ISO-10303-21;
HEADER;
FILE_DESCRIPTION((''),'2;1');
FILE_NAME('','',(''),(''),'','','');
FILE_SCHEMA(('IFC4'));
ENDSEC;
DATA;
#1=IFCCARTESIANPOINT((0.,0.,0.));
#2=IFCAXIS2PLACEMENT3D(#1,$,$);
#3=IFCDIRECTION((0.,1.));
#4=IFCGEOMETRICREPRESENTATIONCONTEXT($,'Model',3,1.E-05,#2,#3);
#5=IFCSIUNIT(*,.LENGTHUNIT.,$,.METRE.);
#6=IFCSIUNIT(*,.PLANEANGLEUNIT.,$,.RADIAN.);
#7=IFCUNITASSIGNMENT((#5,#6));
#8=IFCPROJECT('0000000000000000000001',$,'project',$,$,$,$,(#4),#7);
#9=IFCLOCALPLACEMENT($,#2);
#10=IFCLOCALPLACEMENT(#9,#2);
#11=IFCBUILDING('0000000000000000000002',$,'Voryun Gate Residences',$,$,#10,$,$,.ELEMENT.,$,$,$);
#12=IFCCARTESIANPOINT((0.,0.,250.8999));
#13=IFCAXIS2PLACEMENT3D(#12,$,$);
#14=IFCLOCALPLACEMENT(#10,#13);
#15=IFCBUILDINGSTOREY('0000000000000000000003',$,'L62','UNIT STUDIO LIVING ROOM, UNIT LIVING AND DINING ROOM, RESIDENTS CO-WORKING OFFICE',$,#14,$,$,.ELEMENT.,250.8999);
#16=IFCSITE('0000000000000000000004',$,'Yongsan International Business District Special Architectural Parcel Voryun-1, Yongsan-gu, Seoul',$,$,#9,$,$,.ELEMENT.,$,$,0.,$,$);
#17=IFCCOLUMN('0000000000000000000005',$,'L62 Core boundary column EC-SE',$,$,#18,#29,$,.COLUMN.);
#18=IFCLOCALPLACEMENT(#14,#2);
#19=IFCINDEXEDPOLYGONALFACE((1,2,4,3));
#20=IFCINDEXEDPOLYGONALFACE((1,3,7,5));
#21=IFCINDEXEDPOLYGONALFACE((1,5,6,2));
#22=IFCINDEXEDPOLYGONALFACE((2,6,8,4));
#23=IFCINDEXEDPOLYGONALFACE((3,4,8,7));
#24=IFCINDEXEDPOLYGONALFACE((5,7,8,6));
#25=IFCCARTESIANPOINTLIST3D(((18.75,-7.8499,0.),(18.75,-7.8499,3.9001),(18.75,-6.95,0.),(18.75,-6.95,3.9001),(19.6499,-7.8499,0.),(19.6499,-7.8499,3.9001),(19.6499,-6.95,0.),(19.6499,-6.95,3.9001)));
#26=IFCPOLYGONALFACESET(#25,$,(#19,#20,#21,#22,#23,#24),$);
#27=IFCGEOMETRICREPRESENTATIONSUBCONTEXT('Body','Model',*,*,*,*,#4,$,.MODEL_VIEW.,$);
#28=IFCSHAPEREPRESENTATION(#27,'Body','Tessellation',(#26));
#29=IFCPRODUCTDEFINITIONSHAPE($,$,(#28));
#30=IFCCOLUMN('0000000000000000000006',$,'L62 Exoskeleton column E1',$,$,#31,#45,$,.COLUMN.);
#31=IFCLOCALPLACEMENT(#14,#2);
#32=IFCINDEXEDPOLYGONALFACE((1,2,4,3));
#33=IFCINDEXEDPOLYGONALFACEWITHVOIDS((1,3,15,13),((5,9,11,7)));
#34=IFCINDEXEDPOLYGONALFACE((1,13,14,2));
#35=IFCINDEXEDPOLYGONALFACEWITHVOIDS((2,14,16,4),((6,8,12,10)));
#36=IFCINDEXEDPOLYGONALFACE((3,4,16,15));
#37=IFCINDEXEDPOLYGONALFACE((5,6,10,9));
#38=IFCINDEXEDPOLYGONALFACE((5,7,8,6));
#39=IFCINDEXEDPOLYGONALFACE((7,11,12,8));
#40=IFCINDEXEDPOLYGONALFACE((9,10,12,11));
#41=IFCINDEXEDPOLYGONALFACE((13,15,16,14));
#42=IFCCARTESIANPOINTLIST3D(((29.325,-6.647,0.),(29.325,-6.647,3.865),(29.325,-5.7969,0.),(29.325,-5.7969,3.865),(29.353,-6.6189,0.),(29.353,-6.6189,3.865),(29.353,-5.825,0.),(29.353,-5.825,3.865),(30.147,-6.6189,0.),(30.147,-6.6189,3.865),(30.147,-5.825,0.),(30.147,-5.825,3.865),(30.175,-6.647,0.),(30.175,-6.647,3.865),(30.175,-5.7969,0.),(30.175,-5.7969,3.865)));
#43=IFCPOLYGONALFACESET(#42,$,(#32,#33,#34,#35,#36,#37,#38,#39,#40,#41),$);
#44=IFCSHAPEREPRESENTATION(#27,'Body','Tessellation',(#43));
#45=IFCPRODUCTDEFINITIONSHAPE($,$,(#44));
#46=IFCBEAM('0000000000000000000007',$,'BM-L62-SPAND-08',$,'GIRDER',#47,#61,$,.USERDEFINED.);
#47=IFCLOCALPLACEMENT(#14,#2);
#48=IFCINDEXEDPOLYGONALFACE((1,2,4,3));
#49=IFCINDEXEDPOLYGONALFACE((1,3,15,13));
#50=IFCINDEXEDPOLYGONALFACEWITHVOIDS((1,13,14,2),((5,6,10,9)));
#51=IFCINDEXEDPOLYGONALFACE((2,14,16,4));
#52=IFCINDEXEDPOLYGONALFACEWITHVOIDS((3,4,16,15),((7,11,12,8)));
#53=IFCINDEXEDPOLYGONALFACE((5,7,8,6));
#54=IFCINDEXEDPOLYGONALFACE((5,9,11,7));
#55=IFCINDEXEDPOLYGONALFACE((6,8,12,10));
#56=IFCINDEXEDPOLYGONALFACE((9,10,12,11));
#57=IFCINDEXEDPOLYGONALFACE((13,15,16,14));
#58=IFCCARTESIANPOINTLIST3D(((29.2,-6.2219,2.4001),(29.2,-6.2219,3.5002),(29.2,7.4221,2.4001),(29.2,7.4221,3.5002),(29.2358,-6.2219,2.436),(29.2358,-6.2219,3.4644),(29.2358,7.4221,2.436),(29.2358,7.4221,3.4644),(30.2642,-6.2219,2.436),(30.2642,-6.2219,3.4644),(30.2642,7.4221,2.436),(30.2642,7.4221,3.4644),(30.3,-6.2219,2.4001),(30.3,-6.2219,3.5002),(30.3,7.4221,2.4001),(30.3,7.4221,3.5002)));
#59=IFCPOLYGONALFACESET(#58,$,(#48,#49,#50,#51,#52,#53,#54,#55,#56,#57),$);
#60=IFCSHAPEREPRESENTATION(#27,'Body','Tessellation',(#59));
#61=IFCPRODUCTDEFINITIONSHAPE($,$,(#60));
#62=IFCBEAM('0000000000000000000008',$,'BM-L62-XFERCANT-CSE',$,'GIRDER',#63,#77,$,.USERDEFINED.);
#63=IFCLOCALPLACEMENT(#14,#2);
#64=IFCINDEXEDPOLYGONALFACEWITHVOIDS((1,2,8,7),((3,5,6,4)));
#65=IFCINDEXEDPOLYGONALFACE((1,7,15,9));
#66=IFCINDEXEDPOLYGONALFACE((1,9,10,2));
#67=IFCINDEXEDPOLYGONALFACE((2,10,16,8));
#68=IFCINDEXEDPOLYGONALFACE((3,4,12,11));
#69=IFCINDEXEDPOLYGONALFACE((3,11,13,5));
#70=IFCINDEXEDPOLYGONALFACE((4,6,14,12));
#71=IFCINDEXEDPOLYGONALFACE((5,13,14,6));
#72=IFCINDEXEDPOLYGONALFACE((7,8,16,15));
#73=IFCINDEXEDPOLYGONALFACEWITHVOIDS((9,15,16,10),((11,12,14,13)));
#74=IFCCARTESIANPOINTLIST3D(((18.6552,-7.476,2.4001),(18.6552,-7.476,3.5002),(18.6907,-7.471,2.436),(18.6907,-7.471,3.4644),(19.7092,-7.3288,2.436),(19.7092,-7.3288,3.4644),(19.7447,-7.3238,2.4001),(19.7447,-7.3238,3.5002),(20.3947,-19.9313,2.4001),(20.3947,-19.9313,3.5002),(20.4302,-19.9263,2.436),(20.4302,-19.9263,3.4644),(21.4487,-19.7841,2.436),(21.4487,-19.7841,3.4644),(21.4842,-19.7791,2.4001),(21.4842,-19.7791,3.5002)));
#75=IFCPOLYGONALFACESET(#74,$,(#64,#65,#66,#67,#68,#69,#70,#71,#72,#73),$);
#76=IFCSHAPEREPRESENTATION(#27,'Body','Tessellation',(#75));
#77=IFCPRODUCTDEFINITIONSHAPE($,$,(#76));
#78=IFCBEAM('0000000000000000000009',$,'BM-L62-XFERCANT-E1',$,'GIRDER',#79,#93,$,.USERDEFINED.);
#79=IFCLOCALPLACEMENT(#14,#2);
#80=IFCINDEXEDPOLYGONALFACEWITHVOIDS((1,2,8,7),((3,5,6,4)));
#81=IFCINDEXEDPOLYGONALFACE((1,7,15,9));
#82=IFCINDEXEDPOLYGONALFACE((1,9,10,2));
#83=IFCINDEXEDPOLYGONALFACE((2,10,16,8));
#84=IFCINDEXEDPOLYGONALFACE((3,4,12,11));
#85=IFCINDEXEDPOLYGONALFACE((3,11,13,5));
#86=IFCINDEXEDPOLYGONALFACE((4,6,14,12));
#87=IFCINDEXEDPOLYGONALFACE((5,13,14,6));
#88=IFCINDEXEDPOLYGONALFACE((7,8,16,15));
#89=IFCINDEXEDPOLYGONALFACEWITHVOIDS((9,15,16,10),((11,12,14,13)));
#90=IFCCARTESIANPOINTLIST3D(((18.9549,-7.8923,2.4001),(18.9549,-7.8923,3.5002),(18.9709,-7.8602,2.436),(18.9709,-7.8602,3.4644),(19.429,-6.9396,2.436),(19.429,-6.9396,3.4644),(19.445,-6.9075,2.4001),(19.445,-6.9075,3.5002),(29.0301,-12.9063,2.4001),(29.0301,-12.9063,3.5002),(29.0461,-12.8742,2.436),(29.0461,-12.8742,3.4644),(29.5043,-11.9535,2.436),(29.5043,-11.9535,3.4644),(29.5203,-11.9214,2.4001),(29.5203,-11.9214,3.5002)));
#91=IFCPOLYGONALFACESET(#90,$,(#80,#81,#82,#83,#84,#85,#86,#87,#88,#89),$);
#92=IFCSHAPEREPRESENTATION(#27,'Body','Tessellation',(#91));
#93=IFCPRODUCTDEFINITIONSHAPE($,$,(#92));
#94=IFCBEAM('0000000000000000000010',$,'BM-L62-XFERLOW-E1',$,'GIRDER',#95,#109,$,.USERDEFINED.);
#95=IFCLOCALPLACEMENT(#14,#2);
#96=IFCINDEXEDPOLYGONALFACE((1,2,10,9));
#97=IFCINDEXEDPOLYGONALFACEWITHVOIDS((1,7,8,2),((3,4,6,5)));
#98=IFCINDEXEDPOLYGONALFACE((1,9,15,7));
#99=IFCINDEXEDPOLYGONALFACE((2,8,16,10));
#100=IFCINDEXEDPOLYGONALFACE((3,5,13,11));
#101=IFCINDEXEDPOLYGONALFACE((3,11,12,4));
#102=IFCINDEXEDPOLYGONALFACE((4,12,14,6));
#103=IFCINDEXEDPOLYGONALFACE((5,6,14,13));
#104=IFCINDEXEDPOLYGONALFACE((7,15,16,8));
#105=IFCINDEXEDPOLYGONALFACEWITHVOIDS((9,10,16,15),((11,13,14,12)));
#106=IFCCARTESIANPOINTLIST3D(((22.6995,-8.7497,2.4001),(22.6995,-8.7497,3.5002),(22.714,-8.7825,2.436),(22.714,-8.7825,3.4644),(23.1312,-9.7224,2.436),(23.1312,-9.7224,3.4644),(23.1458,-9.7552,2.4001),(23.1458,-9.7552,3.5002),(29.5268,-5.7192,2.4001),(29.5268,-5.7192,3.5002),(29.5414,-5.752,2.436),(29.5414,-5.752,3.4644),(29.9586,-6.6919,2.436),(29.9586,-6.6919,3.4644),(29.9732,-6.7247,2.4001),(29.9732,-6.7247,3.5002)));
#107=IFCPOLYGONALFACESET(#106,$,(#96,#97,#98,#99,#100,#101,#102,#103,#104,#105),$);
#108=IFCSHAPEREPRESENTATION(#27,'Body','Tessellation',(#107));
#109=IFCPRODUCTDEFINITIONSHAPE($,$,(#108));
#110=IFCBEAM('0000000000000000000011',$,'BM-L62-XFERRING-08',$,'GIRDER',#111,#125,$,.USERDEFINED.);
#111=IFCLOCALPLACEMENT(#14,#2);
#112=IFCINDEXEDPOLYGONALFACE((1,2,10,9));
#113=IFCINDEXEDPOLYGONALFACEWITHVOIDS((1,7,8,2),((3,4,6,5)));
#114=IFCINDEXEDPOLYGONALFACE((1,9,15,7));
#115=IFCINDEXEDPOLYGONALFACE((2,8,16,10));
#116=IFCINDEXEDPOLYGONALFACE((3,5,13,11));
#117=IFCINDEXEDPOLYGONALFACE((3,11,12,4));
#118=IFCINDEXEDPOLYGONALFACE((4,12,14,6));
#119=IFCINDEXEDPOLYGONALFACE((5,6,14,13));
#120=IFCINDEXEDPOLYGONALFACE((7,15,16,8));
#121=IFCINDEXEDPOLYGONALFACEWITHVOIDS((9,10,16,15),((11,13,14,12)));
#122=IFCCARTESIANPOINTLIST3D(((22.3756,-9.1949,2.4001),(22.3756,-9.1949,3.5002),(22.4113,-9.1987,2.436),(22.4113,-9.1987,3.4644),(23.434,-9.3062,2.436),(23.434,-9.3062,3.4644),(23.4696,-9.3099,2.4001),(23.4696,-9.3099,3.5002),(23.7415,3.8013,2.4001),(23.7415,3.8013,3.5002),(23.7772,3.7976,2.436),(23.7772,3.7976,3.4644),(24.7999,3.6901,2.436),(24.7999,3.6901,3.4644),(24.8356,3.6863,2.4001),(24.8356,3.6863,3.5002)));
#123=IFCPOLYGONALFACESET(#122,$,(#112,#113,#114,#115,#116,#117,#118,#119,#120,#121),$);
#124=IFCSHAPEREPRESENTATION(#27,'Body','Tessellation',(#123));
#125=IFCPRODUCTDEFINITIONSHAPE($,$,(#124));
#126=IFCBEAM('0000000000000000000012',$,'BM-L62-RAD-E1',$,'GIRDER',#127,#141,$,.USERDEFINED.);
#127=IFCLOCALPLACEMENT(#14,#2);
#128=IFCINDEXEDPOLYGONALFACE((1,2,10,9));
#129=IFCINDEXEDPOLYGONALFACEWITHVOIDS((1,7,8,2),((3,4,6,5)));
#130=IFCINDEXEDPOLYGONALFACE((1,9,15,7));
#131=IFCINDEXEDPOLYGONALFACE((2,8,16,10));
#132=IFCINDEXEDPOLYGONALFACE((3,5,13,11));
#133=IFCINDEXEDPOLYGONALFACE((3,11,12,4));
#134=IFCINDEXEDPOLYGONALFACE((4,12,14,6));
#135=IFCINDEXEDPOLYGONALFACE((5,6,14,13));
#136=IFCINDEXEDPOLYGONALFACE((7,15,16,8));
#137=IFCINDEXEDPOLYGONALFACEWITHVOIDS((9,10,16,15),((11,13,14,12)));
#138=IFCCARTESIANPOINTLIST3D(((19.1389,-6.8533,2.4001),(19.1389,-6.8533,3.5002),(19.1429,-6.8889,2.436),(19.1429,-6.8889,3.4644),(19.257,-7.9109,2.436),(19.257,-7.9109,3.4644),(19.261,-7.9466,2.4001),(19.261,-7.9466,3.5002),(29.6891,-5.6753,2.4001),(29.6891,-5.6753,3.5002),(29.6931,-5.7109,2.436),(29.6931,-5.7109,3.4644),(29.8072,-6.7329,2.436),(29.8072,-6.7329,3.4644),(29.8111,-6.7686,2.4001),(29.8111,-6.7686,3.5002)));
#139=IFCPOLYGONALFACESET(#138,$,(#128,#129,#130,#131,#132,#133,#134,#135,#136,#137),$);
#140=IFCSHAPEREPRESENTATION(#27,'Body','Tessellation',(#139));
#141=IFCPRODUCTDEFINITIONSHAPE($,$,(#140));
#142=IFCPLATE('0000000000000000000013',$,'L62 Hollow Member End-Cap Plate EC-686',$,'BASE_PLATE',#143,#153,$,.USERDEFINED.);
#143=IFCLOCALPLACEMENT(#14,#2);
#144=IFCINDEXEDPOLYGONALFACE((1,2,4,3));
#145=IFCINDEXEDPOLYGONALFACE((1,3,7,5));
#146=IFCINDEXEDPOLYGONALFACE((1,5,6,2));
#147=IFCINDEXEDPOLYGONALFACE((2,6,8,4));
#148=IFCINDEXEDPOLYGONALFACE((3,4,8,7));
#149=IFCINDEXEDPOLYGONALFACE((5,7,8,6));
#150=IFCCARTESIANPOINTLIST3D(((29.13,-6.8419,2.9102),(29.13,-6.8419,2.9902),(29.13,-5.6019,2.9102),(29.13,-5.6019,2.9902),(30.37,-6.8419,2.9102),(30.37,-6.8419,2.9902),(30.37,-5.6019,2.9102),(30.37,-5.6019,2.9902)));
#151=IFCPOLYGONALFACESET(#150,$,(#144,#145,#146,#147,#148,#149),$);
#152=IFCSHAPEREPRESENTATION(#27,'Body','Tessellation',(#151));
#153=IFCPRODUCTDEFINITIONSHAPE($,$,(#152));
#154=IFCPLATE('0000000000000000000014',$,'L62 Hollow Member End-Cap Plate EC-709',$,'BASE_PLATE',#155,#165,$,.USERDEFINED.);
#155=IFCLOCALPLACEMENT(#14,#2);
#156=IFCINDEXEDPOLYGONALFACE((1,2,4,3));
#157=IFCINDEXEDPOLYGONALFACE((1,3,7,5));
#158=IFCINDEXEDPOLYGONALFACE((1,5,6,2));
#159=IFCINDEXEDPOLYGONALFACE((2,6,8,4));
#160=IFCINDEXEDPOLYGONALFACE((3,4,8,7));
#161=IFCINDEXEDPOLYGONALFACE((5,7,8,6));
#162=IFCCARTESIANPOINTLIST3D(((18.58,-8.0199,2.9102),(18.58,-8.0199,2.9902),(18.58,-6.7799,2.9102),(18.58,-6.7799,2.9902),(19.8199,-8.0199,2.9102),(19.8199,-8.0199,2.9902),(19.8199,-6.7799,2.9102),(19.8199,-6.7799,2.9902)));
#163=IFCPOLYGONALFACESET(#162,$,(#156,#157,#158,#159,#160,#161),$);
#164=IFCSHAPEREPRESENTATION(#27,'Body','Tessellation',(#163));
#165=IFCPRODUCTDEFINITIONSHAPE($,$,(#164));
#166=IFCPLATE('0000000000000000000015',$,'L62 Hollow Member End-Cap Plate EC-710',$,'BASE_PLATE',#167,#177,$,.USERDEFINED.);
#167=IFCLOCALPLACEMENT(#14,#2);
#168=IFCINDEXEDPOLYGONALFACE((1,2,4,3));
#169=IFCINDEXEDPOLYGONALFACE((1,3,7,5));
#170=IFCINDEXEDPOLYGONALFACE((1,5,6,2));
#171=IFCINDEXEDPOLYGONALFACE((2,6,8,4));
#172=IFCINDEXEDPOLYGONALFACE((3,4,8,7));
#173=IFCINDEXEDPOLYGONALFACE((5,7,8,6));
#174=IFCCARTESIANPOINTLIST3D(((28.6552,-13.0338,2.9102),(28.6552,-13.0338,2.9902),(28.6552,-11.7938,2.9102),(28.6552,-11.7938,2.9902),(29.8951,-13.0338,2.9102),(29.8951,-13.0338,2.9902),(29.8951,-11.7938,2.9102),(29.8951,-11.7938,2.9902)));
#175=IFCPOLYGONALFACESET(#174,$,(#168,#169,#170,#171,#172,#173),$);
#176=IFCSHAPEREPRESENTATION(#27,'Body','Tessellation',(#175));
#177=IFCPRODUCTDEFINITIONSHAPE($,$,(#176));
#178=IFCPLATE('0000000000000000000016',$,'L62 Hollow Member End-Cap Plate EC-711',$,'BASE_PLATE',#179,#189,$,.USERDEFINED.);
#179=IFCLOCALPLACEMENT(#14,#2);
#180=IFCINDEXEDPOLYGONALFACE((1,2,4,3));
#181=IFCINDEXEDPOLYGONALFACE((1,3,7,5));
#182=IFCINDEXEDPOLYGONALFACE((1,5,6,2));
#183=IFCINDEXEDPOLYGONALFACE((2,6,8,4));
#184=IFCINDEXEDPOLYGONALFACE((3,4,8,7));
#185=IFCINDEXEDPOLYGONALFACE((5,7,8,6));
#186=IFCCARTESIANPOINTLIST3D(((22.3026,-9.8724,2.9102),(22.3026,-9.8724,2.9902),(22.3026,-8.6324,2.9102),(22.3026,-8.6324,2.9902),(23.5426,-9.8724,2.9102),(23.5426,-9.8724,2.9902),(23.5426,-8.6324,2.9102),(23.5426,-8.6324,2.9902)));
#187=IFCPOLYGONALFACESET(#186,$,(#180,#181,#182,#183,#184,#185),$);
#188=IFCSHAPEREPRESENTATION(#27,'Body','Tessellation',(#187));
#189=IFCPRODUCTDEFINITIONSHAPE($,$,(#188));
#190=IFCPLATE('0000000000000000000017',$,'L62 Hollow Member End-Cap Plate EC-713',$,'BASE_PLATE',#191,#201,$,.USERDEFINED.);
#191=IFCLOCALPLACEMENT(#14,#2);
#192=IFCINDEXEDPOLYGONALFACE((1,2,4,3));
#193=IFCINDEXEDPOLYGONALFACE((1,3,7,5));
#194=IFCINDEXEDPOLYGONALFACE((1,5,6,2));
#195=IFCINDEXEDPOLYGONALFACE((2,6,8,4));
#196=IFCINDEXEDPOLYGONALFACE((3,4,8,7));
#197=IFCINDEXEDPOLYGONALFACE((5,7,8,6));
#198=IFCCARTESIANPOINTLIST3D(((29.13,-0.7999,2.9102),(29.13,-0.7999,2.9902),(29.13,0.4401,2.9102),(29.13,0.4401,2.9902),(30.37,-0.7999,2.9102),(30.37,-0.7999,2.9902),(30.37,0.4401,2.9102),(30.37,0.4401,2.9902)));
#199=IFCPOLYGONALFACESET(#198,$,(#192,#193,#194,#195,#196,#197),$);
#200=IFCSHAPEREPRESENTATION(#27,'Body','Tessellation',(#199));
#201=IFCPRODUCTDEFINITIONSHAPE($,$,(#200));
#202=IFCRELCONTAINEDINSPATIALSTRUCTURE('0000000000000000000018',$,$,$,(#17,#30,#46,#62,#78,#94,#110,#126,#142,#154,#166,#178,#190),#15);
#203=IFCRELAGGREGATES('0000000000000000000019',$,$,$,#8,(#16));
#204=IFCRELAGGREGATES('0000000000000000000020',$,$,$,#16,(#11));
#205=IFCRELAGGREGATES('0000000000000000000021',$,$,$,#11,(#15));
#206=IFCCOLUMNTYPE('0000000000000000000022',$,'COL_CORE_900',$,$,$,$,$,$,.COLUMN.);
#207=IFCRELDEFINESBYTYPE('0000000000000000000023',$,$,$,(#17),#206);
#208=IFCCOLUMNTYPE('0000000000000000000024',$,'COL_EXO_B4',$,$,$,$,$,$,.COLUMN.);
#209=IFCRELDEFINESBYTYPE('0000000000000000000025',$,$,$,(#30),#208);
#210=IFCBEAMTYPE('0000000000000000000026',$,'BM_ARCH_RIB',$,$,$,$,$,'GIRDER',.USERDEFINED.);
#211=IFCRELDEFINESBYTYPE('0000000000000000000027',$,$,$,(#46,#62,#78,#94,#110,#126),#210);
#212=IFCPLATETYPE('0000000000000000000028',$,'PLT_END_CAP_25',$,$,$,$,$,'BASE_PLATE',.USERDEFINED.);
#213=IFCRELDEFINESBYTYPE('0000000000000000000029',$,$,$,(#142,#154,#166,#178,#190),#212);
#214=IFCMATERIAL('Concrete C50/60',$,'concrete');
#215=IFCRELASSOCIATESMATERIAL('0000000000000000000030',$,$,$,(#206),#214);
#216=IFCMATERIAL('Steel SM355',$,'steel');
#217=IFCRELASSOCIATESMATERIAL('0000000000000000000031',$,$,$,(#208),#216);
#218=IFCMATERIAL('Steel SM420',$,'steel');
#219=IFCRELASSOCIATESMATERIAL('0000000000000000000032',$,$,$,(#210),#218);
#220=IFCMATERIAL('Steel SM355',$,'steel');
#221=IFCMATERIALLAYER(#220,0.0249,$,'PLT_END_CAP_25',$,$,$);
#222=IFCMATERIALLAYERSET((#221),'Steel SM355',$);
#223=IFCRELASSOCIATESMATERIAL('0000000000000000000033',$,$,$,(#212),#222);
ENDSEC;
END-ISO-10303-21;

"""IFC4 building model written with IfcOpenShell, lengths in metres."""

from ifc_helpers import new_model, si_unit, direction, frame, origin, origin_2d, place, context, subcontext, project, spatial, rectangle, hollow_rectangle, extrude, material, layer, layer_set, material_profile, profile_set, type_object, element, save


model = new_model("IFC4")

# Units and contexts
model_context = context("Model", 3, precision=1e-05, world=origin(), true_north=direction((0.0, 1.0)))
body_context = subcontext(model_context, "Body", "Model", "MODEL_VIEW")
ifc_project = project(units=[si_unit("LENGTHUNIT", "METRE"), si_unit("PLANEANGLEUNIT", "RADIAN")], contexts=[model_context])

# Site, building, storey
site_placement = place(None, origin())
site = spatial("IfcSite", under=ifc_project, at=site_placement, Name="Yongsan International Business District Special Architectural Parcel Voryun-1, Yongsan-gu, Seoul", CompositionType="ELEMENT", RefElevation=0.0)
building_placement = place(site_placement, origin())
building = spatial("IfcBuilding", under=site, at=building_placement, Name="Voryun Gate Residences", CompositionType="ELEMENT")
storey_placement = place(building_placement, frame((0.0, 0.0, 250.8999)))
storey = spatial("IfcBuildingStorey", under=building, at=storey_placement, Name="L62", Description="UNIT STUDIO LIVING ROOM, UNIT LIVING AND DINING ROOM, RESIDENTS CO-WORKING OFFICE", CompositionType="ELEMENT", Elevation=250.8999)

# Columns
ifc_material_1 = material(Name="Concrete C50/60", Category="concrete")
ifc_material_profile_1 = material_profile(ifc_material_1, rectangle(XDim=0.8999, YDim=0.8999, at=origin_2d()), Name="RC-900x900")
ifc_profile_set_1 = profile_set([ifc_material_profile_1], Name="Concrete C50/60")
column_type_1 = type_object("IfcColumnType", Name="COL_CORE_900", PredefinedType="COLUMN", material=ifc_profile_set_1)
column_1_placement = place(storey_placement, frame((19.2, -7.3999, 0.0), z_axis=(0.0, 0.0, 1.0), x_axis=(1.0, 0.0, 0.0)))
element("IfcColumn", 1, at=column_1_placement, inside=storey, type_object=column_type_1, Name="L62 Core boundary column EC-SE", PredefinedType="COLUMN", context=body_context, shape_type="SweptSolid", body=[
    extrude(rectangle(XDim=0.8999, YDim=0.8999, at=origin_2d()), origin(), (0.0, 0.0, 1.0), 3.9001),
])
ifc_material_2 = material(Name="Steel SM355", Category="steel")
ifc_material_profile_2 = material_profile(ifc_material_2, hollow_rectangle(XDim=0.8501, YDim=0.8501, WallThickness=0.0281, at=origin_2d()), Name="BOX-850x850x28")
ifc_profile_set_2 = profile_set([ifc_material_profile_2], Name="Steel SM355")
column_type_2 = type_object("IfcColumnType", Name="COL_EXO_B4", PredefinedType="COLUMN", material=ifc_profile_set_2)
column_2_placement = place(storey_placement, frame((29.75, -6.2219, 0.0), z_axis=(0.0, 0.0, 1.0), x_axis=(1.0, 0.0, 0.0)))
element("IfcColumn", 2, at=column_2_placement, inside=storey, type_object=column_type_2, Name="L62 Exoskeleton column E1", PredefinedType="COLUMN", context=body_context, shape_type="SweptSolid", body=[
    extrude(hollow_rectangle(XDim=0.8501, YDim=0.8501, WallThickness=0.0281, at=origin_2d()), origin(), (0.0, 0.0, 1.0), 3.865),
])

# Beams
ifc_material_3 = material(Name="Steel SM420", Category="steel")
ifc_material_profile_3 = material_profile(ifc_material_3, hollow_rectangle(XDim=1.1001, YDim=1.1001, WallThickness=0.0359, at=origin_2d()), Name="BOX-1100x1100x36")
ifc_profile_set_3 = profile_set([ifc_material_profile_3], Name="Steel SM420")
beam_type = type_object("IfcBeamType", Name="BM_ARCH_RIB", ElementType="GIRDER", PredefinedType="USERDEFINED", material=ifc_profile_set_3)
beam_1_placement = place(storey_placement, frame((29.75, -6.2219, 2.9502), z_axis=(0.0, 1.0, 0.0), x_axis=(-1.0, 0.0, 0.0)))
element("IfcBeam", 3, at=beam_1_placement, inside=storey, type_object=beam_type, Name="BM-L62-SPAND-08", ObjectType="GIRDER", PredefinedType="USERDEFINED", context=body_context, shape_type="SweptSolid", body=[
    extrude(hollow_rectangle(XDim=1.1001, YDim=1.1001, WallThickness=0.0359, at=origin_2d()), origin(), (0.0, 0.0, 1.0), 13.644),
])
beam_2_placement = place(storey_placement, frame((19.2, -7.3999, 2.9502), z_axis=(0.138317, -0.990388, 0.0), x_axis=(0.990388, 0.138317, 0.0)))
element("IfcBeam", 4, at=beam_2_placement, inside=storey, type_object=beam_type, Name="BM-L62-XFERCANT-CSE", ObjectType="GIRDER", PredefinedType="USERDEFINED", context=body_context, shape_type="SweptSolid", body=[
    extrude(hollow_rectangle(XDim=1.1001, YDim=1.1001, WallThickness=0.0359, at=origin_2d()), origin(), (0.0, 0.0, 1.0), 12.5762),
])
beam_3_placement = place(storey_placement, frame((19.2, -7.3999, 2.9502), z_axis=(0.895267, -0.445529, 0.0), x_axis=(0.445529, 0.895267, 0.0)))
element("IfcBeam", 5, at=beam_3_placement, inside=storey, type_object=beam_type, Name="BM-L62-XFERCANT-E1", ObjectType="GIRDER", PredefinedType="USERDEFINED", context=body_context, shape_type="SweptSolid", body=[
    extrude(hollow_rectangle(XDim=1.1001, YDim=1.1001, WallThickness=0.0359, at=origin_2d()), origin(), (0.0, 0.0, 1.0), 11.2539),
])
beam_4_placement = place(storey_placement, frame((29.75, -6.2219, 2.9502), z_axis=(-0.914004, -0.405705, 0.0), x_axis=(0.405705, -0.914004, 0.0)))
element("IfcBeam", 6, at=beam_4_placement, inside=storey, type_object=beam_type, Name="BM-L62-XFERLOW-E1", ObjectType="GIRDER", PredefinedType="USERDEFINED", context=body_context, shape_type="SweptSolid", body=[
    extrude(hollow_rectangle(XDim=1.1001, YDim=1.1001, WallThickness=0.0359, at=origin_2d()), origin(), (0.0, 0.0, 1.0), 7.4697),
])
beam_5_placement = place(storey_placement, frame((22.9226, -9.2524, 2.9502), z_axis=(0.104528, 0.994522, 0.0), x_axis=(-0.994522, 0.104528, 0.0)))
element("IfcBeam", 7, at=beam_5_placement, inside=storey, type_object=beam_type, Name="BM-L62-XFERRING-08", ObjectType="GIRDER", PredefinedType="USERDEFINED", context=body_context, shape_type="SweptSolid", body=[
    extrude(hollow_rectangle(XDim=1.1001, YDim=1.1001, WallThickness=0.0359, at=origin_2d()), origin(), (0.0, 0.0, 1.0), 13.0679),
])
beam_6_placement = place(storey_placement, frame((19.2, -7.3999, 2.9502), z_axis=(0.993824, 0.110967, 0.0), x_axis=(-0.110967, 0.993824, 0.0)))
element("IfcBeam", 8, at=beam_6_placement, inside=storey, type_object=beam_type, Name="BM-L62-RAD-E1", ObjectType="GIRDER", PredefinedType="USERDEFINED", context=body_context, shape_type="SweptSolid", body=[
    extrude(hollow_rectangle(XDim=1.1001, YDim=1.1001, WallThickness=0.0359, at=origin_2d()), origin(), (0.0, 0.0, 1.0), 10.6157),
])

# Plates
ifc_material_4 = material(Name="Steel SM355", Category="steel")
ifc_layer_1 = layer(ifc_material_4, 0.0249, Name="PLT_END_CAP_25")
ifc_layer_set_1 = layer_set([ifc_layer_1], Name="Steel SM355")
plate_type = type_object("IfcPlateType", Name="PLT_END_CAP_25", ElementType="BASE_PLATE", PredefinedType="USERDEFINED", material=ifc_layer_set_1)
for number, where, z_axis, x_axis, name in (
    (9, (29.75, -6.2219, 2.9102), (0.0, 0.0, 1.0), (1.0, 0.0, 0.0), "L62 Hollow Member End-Cap Plate EC-686"),
    (10, (19.2, -7.3999, 2.9102), (0.0, 0.0, 1.0), (1.0, 0.0, 0.0), "L62 Hollow Member End-Cap Plate EC-709"),
    (11, (29.2751, -12.4138, 2.9102), (0.0, 0.0, 1.0), (1.0, 0.0, 0.0), "L62 Hollow Member End-Cap Plate EC-710"),
    (12, (22.9226, -9.2524, 2.9102), (0.0, 0.0, 1.0), (1.0, 0.0, 0.0), "L62 Hollow Member End-Cap Plate EC-711"),
    (13, (29.75, -0.1799, 2.9102), (0.0, 0.0, 1.0), (1.0, 0.0, 0.0), "L62 Hollow Member End-Cap Plate EC-713"),
):
    element("IfcPlate", number, at=place(storey_placement, frame(where, z_axis=z_axis, x_axis=x_axis)), inside=storey, type_object=plate_type, Name=name, ObjectType="BASE_PLATE", PredefinedType="USERDEFINED", context=body_context, shape_type="SweptSolid", body=[
        extrude(rectangle(XDim=1.24, YDim=1.24, at=origin_2d()), origin(), (0.0, 0.0, 1.0), 0.0801),
    ])

save(model, "model.ifc")
